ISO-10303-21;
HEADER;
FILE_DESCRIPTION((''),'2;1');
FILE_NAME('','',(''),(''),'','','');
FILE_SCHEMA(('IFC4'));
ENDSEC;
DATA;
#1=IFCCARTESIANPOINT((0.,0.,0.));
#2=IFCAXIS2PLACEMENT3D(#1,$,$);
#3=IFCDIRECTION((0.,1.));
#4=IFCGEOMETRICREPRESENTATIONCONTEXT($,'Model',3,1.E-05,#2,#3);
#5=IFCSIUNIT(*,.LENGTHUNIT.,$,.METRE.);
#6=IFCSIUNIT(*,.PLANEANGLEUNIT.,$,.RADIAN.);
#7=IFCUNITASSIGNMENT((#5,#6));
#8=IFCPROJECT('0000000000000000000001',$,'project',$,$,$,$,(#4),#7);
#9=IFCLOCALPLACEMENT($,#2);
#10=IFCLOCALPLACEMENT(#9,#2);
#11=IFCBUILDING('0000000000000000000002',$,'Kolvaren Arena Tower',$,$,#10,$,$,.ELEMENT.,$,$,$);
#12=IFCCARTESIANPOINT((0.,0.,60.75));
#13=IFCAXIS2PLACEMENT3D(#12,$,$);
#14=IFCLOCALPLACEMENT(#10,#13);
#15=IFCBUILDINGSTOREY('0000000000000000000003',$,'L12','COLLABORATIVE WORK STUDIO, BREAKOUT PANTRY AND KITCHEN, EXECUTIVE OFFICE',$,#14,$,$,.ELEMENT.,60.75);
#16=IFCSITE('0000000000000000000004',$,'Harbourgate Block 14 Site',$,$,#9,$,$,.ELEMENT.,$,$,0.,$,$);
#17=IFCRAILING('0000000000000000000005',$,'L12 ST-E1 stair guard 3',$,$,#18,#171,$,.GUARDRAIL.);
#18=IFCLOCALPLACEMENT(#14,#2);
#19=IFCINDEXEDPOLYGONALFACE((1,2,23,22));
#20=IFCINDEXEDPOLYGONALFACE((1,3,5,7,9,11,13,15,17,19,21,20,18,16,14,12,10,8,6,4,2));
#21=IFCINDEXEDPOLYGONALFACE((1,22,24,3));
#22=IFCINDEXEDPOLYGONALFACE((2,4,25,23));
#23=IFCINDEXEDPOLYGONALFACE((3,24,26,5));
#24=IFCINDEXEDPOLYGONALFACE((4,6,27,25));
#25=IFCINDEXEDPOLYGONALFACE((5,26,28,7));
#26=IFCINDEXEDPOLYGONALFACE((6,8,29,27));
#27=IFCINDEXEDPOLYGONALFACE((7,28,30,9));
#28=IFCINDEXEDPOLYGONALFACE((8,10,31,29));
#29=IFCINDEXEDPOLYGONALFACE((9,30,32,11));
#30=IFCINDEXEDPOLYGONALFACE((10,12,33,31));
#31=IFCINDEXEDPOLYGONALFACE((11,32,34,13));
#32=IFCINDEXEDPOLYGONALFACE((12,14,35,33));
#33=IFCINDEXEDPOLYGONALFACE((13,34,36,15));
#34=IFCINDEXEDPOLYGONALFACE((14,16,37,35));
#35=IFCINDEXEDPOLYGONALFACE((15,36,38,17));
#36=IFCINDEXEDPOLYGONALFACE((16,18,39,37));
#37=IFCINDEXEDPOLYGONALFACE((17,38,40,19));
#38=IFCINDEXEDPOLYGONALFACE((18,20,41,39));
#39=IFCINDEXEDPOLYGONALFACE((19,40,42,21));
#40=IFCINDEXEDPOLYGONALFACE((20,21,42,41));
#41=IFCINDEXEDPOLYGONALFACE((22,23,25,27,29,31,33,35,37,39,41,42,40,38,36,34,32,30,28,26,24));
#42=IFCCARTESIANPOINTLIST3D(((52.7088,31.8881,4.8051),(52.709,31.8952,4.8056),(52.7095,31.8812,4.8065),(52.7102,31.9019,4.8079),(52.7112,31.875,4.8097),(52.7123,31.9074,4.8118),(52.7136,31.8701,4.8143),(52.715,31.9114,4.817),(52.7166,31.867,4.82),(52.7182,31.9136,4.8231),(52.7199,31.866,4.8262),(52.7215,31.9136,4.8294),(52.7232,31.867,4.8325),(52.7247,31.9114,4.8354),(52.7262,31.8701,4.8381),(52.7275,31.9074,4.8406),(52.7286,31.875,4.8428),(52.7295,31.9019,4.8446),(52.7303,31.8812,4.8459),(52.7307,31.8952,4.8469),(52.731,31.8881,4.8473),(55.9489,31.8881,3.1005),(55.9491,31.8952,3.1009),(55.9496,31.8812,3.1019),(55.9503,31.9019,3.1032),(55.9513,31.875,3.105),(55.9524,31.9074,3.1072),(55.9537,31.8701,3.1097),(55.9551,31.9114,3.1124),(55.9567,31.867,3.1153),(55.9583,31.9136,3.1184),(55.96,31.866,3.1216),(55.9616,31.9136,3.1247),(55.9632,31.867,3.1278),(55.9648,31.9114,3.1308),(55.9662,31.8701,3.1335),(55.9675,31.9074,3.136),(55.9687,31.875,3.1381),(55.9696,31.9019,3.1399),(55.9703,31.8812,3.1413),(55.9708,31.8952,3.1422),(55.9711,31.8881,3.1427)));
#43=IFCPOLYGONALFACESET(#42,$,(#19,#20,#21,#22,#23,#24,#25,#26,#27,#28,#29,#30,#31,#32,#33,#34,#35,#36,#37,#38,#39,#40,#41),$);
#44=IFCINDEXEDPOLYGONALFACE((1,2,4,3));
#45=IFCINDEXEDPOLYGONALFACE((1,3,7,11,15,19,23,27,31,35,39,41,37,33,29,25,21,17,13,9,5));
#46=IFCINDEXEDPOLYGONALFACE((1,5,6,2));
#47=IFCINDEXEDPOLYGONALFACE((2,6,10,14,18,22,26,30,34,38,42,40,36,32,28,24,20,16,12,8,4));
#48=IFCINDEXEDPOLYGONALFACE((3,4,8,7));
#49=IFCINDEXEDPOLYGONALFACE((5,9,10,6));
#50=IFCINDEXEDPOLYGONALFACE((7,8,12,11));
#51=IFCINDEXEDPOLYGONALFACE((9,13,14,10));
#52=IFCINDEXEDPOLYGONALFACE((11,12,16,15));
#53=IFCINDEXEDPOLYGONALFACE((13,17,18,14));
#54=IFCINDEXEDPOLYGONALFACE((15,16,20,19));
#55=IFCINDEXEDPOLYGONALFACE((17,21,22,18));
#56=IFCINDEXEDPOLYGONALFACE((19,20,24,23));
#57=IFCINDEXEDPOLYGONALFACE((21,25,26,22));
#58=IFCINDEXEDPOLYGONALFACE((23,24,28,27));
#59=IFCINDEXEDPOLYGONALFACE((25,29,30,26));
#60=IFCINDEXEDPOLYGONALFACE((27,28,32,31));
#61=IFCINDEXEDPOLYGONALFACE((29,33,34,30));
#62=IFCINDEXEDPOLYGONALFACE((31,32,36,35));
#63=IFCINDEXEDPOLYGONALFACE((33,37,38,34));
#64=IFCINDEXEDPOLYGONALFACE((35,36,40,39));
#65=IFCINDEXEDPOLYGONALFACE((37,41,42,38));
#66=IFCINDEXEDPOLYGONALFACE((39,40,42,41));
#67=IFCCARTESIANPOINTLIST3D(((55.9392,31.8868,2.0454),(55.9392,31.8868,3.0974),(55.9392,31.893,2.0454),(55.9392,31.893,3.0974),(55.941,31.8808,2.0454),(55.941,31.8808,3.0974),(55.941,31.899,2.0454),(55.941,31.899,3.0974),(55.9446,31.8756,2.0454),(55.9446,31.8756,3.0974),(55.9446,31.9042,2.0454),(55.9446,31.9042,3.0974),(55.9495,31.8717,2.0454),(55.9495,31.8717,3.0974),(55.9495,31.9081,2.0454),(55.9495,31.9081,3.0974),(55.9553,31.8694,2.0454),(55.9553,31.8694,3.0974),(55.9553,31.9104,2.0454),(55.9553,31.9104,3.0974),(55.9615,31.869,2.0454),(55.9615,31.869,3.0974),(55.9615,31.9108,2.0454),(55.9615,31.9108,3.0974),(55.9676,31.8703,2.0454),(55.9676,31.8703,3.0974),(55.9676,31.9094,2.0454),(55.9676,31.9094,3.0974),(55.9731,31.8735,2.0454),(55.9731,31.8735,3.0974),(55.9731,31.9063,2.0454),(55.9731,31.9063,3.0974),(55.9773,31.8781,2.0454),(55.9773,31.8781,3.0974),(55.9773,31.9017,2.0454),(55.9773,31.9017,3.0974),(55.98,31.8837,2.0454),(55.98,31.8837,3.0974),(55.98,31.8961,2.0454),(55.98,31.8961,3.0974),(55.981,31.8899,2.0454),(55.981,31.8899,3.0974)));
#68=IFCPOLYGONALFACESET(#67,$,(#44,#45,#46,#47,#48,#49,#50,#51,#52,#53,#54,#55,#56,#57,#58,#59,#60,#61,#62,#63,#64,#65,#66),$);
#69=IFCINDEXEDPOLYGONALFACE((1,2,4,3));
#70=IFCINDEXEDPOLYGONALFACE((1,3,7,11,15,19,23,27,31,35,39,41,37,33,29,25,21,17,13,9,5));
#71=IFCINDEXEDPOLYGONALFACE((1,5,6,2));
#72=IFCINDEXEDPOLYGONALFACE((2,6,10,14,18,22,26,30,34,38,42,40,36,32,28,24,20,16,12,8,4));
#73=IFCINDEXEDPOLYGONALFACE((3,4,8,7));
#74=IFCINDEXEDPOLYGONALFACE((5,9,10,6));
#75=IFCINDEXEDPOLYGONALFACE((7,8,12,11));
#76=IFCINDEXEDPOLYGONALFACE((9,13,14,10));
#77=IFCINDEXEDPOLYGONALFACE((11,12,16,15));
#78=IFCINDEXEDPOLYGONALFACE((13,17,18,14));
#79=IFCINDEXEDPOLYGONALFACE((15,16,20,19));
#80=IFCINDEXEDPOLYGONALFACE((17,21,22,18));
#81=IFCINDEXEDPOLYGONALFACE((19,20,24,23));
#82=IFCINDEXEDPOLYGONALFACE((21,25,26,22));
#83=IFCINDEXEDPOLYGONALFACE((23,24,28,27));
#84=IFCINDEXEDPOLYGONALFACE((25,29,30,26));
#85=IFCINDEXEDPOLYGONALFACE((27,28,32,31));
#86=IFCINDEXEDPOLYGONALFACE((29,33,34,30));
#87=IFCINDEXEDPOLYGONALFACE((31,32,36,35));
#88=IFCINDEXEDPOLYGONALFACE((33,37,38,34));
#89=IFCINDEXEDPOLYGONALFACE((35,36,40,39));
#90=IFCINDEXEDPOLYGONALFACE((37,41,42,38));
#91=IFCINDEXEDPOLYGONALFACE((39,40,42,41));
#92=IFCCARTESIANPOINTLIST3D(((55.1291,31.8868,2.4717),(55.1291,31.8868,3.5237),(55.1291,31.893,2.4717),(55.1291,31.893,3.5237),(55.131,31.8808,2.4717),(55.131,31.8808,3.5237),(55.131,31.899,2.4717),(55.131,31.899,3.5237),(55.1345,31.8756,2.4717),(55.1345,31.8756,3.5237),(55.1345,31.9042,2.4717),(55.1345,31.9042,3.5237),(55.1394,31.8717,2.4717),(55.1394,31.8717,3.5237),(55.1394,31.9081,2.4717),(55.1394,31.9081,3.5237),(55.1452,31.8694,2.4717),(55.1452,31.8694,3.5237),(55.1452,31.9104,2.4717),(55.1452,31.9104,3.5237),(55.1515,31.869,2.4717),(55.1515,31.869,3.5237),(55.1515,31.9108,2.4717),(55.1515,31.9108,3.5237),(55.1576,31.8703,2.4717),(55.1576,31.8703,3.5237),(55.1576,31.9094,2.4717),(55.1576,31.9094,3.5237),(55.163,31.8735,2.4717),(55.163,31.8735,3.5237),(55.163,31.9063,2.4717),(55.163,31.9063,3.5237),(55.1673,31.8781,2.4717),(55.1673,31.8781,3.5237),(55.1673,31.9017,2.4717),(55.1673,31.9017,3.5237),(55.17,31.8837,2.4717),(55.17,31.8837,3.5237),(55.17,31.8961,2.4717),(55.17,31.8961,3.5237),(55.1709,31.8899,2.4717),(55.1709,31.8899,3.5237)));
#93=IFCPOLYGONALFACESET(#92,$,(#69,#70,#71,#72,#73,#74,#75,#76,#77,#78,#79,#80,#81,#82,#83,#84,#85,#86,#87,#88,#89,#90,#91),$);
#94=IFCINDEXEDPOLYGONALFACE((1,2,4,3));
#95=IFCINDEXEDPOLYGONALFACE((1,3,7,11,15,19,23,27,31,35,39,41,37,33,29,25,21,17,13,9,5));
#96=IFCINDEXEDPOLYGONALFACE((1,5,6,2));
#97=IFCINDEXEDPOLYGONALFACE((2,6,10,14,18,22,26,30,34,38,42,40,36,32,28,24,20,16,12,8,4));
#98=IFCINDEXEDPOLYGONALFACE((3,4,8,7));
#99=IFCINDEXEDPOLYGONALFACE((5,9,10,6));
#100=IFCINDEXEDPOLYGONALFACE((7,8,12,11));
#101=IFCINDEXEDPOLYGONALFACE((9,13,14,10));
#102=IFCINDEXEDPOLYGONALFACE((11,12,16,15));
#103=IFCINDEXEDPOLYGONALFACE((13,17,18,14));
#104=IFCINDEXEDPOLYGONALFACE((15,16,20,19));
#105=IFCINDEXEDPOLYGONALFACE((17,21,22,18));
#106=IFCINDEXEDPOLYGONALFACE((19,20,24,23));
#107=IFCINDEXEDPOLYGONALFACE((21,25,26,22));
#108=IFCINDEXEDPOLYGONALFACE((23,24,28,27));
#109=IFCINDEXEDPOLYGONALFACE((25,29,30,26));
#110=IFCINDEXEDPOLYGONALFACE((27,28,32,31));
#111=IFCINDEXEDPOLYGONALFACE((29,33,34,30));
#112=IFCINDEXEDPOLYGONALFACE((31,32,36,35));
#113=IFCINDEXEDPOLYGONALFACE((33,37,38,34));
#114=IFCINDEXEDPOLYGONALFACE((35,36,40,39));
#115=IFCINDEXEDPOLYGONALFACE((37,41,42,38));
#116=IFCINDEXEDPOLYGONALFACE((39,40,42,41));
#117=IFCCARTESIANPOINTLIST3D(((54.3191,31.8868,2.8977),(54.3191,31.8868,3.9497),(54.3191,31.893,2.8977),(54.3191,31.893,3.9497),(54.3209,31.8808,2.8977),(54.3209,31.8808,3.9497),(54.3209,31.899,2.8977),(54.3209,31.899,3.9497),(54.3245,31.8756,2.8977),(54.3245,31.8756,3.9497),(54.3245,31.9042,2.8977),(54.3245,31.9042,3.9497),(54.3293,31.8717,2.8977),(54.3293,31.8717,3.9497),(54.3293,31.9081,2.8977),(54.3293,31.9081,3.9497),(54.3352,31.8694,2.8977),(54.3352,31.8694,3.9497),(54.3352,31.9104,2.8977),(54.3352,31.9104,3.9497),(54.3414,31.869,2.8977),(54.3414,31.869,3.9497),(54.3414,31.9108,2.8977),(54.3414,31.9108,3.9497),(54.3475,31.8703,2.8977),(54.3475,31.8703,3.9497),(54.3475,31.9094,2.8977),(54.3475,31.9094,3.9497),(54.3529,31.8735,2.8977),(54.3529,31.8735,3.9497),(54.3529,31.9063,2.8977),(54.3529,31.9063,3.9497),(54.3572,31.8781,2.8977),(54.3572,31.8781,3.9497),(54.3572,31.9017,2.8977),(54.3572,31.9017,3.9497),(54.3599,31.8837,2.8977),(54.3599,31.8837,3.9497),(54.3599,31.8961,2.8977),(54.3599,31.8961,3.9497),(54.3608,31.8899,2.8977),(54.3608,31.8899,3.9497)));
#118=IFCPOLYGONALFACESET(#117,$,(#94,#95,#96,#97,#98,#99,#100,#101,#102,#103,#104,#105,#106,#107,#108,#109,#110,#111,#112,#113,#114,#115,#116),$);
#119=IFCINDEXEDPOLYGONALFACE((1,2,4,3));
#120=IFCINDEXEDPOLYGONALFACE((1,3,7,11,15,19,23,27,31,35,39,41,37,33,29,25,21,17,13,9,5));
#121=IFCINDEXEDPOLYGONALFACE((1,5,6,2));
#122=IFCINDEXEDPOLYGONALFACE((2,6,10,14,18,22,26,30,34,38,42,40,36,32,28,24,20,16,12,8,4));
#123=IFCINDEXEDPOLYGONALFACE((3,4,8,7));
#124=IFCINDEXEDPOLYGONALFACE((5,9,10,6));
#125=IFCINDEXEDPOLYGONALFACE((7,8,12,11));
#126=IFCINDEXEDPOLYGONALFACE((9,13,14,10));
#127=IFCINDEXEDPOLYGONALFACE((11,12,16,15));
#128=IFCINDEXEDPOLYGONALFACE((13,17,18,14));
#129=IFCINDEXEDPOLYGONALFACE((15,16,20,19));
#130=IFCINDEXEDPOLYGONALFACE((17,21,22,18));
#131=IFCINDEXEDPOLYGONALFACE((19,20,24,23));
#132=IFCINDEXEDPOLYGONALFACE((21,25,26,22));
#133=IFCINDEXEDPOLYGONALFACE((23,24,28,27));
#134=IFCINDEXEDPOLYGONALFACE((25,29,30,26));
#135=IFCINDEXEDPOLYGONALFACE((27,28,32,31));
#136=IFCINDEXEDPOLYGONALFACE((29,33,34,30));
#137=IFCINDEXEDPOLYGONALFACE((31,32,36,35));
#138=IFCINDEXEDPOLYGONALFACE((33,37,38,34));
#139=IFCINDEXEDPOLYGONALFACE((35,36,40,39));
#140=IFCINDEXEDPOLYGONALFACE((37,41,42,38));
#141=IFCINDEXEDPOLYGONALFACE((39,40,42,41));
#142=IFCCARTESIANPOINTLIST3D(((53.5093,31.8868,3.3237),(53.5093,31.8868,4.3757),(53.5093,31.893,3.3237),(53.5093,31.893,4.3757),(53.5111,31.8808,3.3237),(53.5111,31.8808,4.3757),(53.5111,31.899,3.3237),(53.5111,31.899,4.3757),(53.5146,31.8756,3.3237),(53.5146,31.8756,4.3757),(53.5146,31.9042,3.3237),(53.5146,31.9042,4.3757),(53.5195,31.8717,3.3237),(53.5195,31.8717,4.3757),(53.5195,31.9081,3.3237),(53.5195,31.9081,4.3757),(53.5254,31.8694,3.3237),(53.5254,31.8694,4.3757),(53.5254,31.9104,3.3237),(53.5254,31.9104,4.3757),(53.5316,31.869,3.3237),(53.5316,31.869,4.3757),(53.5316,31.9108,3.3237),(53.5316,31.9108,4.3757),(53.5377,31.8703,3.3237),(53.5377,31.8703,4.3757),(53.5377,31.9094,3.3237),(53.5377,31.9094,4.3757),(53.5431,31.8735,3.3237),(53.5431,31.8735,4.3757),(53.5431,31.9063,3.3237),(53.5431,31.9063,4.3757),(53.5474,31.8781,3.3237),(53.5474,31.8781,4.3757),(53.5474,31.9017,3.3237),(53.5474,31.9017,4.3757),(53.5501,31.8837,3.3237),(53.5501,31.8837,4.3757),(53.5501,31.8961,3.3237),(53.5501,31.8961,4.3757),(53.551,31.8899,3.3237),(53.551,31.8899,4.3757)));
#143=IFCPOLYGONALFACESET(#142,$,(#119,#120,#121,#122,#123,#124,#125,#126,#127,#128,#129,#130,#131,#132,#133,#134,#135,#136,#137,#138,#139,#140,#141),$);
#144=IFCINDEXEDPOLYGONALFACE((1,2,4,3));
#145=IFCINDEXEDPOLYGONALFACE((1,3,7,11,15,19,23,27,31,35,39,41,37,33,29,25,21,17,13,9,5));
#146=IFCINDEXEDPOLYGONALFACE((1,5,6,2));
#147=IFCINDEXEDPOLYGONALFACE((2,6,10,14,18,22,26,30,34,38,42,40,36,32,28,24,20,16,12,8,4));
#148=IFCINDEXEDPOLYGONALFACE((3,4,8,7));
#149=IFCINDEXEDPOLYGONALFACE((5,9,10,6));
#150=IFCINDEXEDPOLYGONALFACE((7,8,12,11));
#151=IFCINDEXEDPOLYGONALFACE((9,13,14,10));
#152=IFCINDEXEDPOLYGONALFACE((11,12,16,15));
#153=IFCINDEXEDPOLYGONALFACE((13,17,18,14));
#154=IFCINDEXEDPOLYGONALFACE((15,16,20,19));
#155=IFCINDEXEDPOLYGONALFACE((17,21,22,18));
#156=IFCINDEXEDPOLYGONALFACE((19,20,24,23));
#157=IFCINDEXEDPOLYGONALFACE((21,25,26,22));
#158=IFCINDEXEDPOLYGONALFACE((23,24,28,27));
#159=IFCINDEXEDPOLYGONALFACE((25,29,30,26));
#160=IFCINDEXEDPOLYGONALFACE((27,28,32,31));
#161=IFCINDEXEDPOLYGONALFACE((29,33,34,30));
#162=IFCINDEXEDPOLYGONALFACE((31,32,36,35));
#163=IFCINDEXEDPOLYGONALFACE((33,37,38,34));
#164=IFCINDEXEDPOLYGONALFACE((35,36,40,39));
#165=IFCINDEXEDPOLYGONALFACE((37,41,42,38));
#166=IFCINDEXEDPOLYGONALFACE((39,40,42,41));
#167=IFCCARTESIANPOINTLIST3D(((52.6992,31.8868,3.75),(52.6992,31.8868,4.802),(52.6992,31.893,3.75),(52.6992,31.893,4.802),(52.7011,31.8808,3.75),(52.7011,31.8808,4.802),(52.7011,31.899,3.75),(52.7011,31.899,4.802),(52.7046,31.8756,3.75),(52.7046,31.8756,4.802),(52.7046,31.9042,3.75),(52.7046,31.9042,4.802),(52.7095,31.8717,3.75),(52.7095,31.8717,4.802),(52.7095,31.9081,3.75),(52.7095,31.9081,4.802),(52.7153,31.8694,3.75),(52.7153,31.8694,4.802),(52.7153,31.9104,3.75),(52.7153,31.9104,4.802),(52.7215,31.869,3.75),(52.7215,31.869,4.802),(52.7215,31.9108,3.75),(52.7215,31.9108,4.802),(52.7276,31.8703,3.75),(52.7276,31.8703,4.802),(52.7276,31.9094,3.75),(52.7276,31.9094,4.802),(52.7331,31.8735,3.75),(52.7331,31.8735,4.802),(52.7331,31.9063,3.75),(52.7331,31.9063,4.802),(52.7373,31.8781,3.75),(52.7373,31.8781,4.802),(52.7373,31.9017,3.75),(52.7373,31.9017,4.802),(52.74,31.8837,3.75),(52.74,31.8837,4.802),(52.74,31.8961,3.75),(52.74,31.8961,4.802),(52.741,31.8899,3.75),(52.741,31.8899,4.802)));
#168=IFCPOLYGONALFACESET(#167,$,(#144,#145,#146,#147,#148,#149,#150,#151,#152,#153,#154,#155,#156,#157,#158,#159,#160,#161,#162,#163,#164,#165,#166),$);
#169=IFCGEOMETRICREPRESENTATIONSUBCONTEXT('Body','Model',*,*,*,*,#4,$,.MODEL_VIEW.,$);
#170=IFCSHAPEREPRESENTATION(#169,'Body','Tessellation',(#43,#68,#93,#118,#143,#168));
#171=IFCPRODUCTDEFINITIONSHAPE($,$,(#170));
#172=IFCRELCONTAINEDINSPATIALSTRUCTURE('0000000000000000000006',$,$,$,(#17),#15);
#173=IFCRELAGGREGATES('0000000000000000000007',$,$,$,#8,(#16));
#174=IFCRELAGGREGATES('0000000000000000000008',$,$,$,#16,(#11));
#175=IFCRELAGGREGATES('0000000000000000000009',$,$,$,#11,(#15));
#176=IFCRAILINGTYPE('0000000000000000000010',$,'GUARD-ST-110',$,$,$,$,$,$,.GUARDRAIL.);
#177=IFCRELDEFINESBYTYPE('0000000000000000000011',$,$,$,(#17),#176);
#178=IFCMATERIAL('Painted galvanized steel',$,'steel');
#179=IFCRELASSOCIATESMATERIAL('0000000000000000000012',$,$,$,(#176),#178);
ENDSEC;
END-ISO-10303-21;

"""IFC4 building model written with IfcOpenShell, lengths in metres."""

from ifc_helpers import new_model, si_unit, direction, frame, origin, origin_2d, place, context, subcontext, project, spatial, circle, extrude, material, type_object, element, save


model = new_model("IFC4")

# Units and contexts
model_context = context("Model", 3, precision=1e-05, world=origin(), true_north=direction((0.0, 1.0)))
body_context = subcontext(model_context, "Body", "Model", "MODEL_VIEW")
ifc_project = project(units=[si_unit("LENGTHUNIT", "METRE"), si_unit("PLANEANGLEUNIT", "RADIAN")], contexts=[model_context])

# Site, building, storey
site_placement = place(None, origin())
site = spatial("IfcSite", under=ifc_project, at=site_placement, Name="Harbourgate Block 14 Site", CompositionType="ELEMENT", RefElevation=0.0)
building_placement = place(site_placement, origin())
building = spatial("IfcBuilding", under=site, at=building_placement, Name="Kolvaren Arena Tower", CompositionType="ELEMENT")
storey_placement = place(building_placement, frame((0.0, 0.0, 60.75)))
storey = spatial("IfcBuildingStorey", under=building, at=storey_placement, Name="L12", Description="COLLABORATIVE WORK STUDIO, BREAKOUT PANTRY AND KITCHEN, EXECUTIVE OFFICE", CompositionType="ELEMENT", Elevation=60.75)

# Railing
ifc_material_1 = material(Name="Painted galvanized steel", Category="steel")
railing_type_1 = type_object("IfcRailingType", Name="GUARD-ST-110", PredefinedType="GUARDRAIL", material=ifc_material_1)
railing_1_placement = place(storey_placement, frame((55.96, 31.8899, 2.0454)))
element("IfcRailing", 1, at=railing_1_placement, inside=storey, type_object=railing_type_1, Name="L12 ST-E1 stair guard 3", PredefinedType="GUARDRAIL", context=body_context, shape_type="SweptSolid", body=[
    extrude(circle(Radius=0.0239, at=origin_2d()), frame((0.0, 0.0, 1.0762), z_axis=(-0.884993, 0.0, 0.465604), x_axis=(0.0, -1.0, 0.0)), (0.0, 0.0, 1.0), 3.6611),
    extrude(circle(Radius=0.021, at=origin_2d()), origin(), (0.0, 0.0, 1.0), 1.052),
    extrude(circle(Radius=0.021, at=origin_2d()), frame((-0.8101, 0.0, 0.4263)), (0.0, 0.0, 1.0), 1.052),
    extrude(circle(Radius=0.021, at=origin_2d()), frame((-1.6201, 0.0, 0.8523)), (0.0, 0.0, 1.0), 1.052),
    extrude(circle(Radius=0.021, at=origin_2d()), frame((-2.4299, 0.0, 1.2783)), (0.0, 0.0, 1.0), 1.052),
    extrude(circle(Radius=0.021, at=origin_2d()), frame((-3.24, 0.0, 1.7046)), (0.0, 0.0, 1.0), 1.052),
])

save(model, "model.ifc")
